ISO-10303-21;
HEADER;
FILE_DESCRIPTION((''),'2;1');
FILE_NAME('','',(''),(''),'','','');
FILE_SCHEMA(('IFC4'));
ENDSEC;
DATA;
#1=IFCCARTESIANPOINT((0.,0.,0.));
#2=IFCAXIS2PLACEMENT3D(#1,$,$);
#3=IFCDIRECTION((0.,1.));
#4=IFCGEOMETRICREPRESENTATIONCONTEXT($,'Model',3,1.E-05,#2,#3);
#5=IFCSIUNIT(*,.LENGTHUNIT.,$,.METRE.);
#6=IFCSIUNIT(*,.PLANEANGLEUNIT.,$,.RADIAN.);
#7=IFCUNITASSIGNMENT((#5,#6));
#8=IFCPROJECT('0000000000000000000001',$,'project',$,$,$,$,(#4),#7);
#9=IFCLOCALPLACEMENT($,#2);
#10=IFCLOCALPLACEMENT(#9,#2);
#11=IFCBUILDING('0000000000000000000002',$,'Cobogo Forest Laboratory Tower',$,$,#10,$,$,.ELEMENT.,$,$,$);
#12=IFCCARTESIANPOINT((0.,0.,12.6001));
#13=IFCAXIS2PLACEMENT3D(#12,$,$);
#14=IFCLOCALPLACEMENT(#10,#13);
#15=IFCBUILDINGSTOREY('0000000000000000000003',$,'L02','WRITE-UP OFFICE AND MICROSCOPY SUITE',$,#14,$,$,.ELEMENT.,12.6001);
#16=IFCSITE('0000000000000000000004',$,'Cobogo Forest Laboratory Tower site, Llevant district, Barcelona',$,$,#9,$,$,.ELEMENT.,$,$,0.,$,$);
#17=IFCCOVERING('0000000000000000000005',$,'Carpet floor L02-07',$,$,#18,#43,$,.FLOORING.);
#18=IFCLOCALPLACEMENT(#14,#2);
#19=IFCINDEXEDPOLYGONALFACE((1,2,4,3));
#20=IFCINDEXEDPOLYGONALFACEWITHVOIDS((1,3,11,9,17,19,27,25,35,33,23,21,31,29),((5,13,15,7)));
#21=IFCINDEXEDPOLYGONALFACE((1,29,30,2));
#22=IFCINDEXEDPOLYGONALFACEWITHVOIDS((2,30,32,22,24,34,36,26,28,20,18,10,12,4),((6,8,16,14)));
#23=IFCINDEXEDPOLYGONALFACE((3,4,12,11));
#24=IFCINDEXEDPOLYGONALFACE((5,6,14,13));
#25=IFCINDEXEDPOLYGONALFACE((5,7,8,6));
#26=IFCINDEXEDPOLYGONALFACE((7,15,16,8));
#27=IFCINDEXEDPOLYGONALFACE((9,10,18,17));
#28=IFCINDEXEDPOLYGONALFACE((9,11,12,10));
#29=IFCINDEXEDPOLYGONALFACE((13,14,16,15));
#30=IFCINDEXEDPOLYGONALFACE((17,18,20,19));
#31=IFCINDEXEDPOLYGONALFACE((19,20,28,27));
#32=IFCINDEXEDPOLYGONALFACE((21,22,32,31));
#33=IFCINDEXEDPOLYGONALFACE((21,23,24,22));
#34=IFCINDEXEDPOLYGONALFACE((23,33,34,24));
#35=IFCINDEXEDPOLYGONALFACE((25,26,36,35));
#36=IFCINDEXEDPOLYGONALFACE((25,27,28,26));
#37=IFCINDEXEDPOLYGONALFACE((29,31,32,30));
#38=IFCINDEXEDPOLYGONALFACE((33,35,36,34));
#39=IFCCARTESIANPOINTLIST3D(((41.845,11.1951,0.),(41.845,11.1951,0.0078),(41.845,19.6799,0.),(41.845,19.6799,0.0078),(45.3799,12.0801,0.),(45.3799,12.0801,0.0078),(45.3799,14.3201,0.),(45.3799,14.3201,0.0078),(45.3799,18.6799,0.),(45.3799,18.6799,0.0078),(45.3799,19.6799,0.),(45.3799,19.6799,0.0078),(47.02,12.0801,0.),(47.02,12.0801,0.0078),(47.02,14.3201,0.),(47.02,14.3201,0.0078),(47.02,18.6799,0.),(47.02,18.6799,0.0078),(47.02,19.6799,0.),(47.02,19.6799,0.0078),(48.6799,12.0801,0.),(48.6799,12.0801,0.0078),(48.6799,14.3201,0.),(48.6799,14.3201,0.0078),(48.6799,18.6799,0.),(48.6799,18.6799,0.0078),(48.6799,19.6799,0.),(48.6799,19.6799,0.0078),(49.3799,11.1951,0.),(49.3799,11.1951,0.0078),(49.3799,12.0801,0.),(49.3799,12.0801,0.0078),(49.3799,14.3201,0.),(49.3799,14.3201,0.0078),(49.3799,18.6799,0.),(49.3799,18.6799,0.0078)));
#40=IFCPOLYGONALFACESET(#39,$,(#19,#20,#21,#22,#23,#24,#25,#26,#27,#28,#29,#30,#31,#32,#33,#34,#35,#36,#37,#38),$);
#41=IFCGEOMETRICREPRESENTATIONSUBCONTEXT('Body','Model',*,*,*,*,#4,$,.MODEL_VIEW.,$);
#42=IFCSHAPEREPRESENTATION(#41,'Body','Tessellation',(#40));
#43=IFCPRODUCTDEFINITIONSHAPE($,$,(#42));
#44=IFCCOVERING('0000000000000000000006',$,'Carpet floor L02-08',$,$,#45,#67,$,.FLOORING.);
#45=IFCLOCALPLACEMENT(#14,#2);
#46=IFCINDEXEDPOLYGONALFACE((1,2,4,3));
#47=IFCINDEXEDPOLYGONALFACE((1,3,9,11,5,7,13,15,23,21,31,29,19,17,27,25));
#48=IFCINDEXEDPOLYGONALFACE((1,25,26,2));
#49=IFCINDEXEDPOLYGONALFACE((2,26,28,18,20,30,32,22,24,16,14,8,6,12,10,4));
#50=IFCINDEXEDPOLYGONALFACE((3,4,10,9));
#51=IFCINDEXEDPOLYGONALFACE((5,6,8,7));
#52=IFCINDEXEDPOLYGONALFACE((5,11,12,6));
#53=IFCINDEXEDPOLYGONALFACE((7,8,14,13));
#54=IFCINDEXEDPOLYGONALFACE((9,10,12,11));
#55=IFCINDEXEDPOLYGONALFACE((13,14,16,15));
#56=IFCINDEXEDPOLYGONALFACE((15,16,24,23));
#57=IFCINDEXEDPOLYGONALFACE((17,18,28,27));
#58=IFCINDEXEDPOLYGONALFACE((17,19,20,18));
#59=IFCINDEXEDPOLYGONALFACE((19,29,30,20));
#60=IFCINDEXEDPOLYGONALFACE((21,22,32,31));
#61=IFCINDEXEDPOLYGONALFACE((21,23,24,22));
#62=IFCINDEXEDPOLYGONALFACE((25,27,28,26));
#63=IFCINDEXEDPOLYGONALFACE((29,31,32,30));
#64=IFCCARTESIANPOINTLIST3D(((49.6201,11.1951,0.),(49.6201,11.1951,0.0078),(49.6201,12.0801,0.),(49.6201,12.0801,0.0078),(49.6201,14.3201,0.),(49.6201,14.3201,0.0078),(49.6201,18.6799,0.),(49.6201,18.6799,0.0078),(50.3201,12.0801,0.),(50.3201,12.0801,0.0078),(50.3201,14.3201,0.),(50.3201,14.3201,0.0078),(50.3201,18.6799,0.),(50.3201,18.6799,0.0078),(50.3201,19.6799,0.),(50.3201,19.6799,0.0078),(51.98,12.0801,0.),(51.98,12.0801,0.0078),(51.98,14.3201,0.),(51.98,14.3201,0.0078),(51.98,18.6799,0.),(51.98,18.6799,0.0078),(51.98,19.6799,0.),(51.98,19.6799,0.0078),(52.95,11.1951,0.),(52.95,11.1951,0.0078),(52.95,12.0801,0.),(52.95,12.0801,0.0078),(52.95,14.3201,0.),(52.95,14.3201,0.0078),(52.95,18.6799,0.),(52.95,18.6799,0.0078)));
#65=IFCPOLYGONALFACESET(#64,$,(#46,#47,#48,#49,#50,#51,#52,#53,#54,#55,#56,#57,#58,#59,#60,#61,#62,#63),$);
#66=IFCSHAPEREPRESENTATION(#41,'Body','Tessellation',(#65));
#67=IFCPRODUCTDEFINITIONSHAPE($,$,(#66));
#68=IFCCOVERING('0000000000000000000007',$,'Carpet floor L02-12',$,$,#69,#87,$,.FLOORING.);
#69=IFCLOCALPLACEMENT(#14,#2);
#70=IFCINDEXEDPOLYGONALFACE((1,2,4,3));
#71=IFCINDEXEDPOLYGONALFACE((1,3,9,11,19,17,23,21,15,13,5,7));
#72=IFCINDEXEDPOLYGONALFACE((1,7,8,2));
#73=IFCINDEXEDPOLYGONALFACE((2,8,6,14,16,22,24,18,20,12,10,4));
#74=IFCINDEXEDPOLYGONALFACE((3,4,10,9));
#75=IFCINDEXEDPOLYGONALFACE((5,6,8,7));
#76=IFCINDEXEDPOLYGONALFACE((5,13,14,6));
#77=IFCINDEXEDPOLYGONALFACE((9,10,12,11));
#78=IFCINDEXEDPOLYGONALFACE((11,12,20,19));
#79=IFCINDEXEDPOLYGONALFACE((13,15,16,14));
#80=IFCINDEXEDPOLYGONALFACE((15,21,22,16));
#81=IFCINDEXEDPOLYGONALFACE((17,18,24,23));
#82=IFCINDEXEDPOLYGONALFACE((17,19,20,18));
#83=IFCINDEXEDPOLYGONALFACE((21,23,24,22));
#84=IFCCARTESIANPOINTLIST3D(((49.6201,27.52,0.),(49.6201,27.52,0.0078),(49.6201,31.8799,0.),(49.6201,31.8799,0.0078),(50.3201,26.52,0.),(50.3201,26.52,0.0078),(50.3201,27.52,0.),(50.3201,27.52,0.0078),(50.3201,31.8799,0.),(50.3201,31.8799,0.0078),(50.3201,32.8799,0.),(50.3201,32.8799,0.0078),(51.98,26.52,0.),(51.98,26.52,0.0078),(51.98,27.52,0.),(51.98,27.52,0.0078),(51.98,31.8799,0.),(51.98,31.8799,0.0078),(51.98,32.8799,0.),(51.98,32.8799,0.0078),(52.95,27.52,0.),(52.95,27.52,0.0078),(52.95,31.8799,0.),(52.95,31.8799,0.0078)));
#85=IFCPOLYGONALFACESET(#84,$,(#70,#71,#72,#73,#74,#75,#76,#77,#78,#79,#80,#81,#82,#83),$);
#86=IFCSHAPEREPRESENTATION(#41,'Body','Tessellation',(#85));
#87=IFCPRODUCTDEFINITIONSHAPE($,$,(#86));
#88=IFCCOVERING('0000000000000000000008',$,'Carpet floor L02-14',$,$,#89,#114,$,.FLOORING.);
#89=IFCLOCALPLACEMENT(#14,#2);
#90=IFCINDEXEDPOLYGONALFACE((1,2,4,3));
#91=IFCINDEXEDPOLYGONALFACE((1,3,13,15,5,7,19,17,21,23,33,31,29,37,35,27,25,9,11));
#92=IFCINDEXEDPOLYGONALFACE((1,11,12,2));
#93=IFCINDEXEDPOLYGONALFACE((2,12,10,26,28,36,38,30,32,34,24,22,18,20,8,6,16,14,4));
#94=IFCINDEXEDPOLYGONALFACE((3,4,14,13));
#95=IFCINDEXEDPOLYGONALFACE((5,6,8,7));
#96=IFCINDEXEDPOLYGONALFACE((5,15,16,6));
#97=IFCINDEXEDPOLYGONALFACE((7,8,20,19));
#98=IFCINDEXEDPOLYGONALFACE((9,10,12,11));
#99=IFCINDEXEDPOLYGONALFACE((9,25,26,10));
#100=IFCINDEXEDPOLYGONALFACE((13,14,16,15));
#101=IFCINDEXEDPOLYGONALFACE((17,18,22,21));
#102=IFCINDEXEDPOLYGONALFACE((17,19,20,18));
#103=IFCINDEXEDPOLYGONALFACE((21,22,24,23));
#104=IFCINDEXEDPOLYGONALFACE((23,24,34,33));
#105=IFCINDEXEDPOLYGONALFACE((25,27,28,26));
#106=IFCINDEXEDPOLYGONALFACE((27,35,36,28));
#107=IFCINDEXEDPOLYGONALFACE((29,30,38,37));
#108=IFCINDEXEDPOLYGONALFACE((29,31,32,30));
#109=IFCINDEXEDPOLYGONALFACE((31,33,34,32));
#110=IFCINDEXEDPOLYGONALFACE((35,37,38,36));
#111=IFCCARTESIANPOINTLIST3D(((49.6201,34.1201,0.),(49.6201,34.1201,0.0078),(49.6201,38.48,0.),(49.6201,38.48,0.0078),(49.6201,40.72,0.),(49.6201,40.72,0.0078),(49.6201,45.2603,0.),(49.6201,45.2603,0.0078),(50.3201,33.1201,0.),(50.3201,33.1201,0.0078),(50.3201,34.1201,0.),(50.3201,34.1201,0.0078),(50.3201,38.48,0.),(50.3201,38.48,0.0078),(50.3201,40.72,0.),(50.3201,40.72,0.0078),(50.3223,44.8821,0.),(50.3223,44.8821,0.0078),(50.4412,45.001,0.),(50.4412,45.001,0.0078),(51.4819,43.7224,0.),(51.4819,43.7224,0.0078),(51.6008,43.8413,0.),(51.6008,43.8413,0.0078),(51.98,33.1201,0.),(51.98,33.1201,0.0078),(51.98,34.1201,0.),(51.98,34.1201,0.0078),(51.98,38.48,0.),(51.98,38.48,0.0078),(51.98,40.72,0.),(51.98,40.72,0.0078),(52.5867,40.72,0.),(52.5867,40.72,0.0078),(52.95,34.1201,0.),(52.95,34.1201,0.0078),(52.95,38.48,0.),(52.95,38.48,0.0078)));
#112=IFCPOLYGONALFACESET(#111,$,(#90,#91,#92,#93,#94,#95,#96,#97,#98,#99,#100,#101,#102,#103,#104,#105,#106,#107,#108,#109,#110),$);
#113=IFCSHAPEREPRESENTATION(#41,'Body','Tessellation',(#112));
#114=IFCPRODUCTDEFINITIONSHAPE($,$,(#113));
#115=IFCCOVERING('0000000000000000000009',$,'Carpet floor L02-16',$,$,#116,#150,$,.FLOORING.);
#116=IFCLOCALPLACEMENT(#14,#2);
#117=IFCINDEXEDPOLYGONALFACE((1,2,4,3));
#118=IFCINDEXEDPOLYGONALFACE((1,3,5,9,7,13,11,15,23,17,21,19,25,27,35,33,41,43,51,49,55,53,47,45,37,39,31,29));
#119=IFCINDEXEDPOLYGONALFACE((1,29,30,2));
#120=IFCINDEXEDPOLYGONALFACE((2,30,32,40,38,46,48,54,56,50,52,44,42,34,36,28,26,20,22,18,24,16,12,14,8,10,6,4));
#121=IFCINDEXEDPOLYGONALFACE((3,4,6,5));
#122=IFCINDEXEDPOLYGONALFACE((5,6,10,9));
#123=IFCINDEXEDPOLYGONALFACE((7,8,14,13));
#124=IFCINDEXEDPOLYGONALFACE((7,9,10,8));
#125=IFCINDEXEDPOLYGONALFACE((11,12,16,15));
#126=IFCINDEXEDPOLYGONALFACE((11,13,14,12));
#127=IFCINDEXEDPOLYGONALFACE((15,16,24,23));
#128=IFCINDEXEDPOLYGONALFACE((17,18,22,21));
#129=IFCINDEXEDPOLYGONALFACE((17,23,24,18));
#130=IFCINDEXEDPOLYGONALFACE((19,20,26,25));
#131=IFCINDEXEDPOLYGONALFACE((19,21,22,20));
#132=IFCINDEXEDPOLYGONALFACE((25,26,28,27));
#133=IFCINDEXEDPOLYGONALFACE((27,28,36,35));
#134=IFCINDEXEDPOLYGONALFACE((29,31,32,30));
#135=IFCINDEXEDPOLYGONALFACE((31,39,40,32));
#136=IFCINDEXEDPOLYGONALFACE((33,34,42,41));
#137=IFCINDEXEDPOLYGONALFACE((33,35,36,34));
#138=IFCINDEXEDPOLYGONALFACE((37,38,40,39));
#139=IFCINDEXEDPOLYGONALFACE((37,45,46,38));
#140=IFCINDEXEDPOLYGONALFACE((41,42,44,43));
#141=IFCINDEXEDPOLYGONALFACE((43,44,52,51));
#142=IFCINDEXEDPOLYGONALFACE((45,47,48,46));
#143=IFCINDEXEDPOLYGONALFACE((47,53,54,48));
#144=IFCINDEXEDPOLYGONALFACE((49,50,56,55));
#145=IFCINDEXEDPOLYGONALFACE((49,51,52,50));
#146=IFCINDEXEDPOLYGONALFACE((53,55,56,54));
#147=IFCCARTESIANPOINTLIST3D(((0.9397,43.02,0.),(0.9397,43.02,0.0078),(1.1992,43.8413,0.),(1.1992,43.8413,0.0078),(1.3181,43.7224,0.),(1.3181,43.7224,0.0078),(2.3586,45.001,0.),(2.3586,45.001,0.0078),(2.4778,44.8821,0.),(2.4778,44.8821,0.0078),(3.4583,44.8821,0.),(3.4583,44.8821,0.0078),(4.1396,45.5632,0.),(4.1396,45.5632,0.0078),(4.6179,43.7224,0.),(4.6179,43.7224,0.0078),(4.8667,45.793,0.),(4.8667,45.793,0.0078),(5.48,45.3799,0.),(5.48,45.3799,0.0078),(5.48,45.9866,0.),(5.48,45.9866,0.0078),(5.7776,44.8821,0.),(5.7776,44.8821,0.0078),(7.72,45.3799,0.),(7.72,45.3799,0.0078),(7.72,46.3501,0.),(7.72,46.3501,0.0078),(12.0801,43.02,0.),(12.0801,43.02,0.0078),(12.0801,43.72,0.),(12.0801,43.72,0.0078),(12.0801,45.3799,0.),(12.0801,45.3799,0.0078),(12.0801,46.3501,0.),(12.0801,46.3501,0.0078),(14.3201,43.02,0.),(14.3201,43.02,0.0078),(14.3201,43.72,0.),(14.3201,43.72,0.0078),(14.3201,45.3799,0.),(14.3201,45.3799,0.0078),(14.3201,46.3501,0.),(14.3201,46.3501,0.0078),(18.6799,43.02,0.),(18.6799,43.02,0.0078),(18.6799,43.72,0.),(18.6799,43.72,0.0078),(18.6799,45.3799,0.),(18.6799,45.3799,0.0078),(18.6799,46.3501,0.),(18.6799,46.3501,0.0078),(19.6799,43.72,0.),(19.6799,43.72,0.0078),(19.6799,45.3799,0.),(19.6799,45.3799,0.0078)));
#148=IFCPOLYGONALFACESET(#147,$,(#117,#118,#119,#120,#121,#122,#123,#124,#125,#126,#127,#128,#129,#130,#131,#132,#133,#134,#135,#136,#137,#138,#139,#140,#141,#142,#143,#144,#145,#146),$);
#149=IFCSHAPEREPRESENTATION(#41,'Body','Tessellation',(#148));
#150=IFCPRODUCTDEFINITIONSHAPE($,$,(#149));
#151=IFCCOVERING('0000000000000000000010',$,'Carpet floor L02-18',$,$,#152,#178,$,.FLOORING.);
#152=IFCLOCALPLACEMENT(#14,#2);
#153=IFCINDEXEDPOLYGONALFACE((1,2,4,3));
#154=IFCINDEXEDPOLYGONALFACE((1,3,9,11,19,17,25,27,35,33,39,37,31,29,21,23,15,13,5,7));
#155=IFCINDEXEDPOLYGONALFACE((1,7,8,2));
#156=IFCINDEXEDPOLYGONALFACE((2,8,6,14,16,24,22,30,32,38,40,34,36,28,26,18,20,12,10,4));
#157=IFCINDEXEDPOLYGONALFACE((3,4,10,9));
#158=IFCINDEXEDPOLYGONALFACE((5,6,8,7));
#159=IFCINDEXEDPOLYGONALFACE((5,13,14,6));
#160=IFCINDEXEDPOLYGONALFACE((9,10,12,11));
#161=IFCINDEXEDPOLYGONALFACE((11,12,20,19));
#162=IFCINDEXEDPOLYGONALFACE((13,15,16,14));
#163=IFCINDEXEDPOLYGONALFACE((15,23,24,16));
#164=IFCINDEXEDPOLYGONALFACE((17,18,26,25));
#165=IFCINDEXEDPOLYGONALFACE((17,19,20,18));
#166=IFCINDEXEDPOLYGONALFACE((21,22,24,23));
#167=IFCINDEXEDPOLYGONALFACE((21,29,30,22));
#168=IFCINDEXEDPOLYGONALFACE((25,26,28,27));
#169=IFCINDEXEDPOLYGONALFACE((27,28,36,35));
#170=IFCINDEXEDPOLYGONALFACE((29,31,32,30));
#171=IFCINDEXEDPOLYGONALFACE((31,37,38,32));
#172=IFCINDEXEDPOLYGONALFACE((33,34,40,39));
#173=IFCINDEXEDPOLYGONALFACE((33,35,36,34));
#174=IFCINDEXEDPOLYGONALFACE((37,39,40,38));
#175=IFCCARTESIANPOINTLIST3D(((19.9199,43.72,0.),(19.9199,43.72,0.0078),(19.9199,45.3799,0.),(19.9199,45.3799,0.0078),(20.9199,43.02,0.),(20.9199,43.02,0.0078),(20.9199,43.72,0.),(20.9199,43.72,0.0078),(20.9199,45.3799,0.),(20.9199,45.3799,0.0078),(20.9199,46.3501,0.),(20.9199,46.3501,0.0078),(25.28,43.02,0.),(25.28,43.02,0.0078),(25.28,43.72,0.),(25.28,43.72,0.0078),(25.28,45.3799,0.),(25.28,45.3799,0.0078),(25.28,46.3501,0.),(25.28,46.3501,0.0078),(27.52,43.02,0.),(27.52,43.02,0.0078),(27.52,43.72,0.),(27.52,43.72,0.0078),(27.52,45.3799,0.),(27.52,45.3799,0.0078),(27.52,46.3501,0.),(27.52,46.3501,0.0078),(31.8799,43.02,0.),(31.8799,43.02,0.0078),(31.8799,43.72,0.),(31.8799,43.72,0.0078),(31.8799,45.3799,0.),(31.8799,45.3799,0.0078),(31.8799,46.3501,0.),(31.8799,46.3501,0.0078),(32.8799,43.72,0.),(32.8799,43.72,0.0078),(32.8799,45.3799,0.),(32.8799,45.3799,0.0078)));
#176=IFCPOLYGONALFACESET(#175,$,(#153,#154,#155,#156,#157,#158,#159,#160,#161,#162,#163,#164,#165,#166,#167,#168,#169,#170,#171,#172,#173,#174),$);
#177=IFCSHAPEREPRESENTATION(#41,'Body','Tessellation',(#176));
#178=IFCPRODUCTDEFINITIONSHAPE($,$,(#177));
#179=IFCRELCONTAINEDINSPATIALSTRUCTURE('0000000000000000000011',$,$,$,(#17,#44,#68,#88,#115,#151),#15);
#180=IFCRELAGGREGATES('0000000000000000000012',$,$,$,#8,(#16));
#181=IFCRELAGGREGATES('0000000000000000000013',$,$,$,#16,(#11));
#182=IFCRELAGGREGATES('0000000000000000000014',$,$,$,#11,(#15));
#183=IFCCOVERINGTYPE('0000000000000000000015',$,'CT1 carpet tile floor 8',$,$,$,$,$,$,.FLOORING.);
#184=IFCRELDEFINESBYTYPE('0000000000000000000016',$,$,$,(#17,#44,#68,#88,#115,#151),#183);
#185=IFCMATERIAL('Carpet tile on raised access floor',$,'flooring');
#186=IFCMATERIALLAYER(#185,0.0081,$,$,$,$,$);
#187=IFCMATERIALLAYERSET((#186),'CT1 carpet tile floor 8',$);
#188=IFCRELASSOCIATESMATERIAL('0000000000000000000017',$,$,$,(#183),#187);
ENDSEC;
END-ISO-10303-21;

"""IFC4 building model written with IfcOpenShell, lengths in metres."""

from ifc_helpers import new_model, si_unit, direction, frame, origin, place, context, subcontext, project, spatial, polyline, outline, extrude, material, layer, layer_set, type_object, element, save


model = new_model("IFC4")

# Units and contexts
model_context = context("Model", 3, precision=1e-05, world=origin(), true_north=direction((0.0, 1.0)))
body_context = subcontext(model_context, "Body", "Model", "MODEL_VIEW")
ifc_project = project(units=[si_unit("LENGTHUNIT", "METRE"), si_unit("PLANEANGLEUNIT", "RADIAN")], contexts=[model_context])

# Site, building, storey
site_placement = place(None, origin())
site = spatial("IfcSite", under=ifc_project, at=site_placement, Name="Cobogo Forest Laboratory Tower site, Llevant district, Barcelona", CompositionType="ELEMENT", RefElevation=0.0)
building_placement = place(site_placement, origin())
building = spatial("IfcBuilding", under=site, at=building_placement, Name="Cobogo Forest Laboratory Tower", CompositionType="ELEMENT")
storey_placement = place(building_placement, frame((0.0, 0.0, 12.6001)))
storey = spatial("IfcBuildingStorey", under=building, at=storey_placement, Name="L02", Description="WRITE-UP OFFICE AND MICROSCOPY SUITE", CompositionType="ELEMENT", Elevation=12.6001)

# Coverings
ifc_material_1 = material(Name="Carpet tile on raised access floor", Category="flooring")
ifc_layer_1 = layer(ifc_material_1, 0.0081)
ifc_layer_set_1 = layer_set([ifc_layer_1], Name="CT1 carpet tile floor 8")
covering_type_1 = type_object("IfcCoveringType", Name="CT1 carpet tile floor 8", PredefinedType="FLOORING", material=ifc_layer_set_1)
covering_1_placement = place(storey_placement, origin())
element("IfcCovering", 1, at=covering_1_placement, inside=storey, type_object=covering_type_1, Name="Carpet floor L02-07", PredefinedType="FLOORING", context=body_context, shape_type="SweptSolid", body=[
    extrude(outline(polyline([(41.845, 19.6799), (45.3799, 19.6799), (45.3799, 18.6799), (47.02, 18.6799), (47.02, 19.6799), (48.6799, 19.6799), (48.6799, 18.6799), (49.3799, 18.6799), (49.3799, 14.3201), (48.6799, 14.3201), (48.6799, 12.0801), (49.3799, 12.0801), (49.3799, 11.1951), (41.845, 11.1951), (41.845, 19.6799)]), holes=[polyline([(45.3799, 12.0801), (47.02, 12.0801), (47.02, 14.3201), (45.3799, 14.3201), (45.3799, 12.0801)])]), origin(), (0.0, 0.0, 1.0), 0.0078),
])
covering_2_placement = place(storey_placement, origin())
element("IfcCovering", 2, at=covering_2_placement, inside=storey, type_object=covering_type_1, Name="Carpet floor L02-08", PredefinedType="FLOORING", context=body_context, shape_type="SweptSolid", body=[
    extrude(outline(polyline([(49.6201, 12.0801), (50.3201, 12.0801), (50.3201, 14.3201), (49.6201, 14.3201), (49.6201, 18.6799), (50.3201, 18.6799), (50.3201, 19.6799), (51.98, 19.6799), (51.98, 18.6799), (52.95, 18.6799), (52.95, 14.3201), (51.98, 14.3201), (51.98, 12.0801), (52.95, 12.0801), (52.95, 11.1951), (49.6201, 11.1951), (49.6201, 12.0801)])), origin(), (0.0, 0.0, 1.0), 0.0078),
])
covering_3_placement = place(storey_placement, origin())
element("IfcCovering", 3, at=covering_3_placement, inside=storey, type_object=covering_type_1, Name="Carpet floor L02-12", PredefinedType="FLOORING", context=body_context, shape_type="SweptSolid", body=[
    extrude(outline(polyline([(49.6201, 31.8799), (50.3201, 31.8799), (50.3201, 32.8799), (51.98, 32.8799), (51.98, 31.8799), (52.95, 31.8799), (52.95, 27.52), (51.98, 27.52), (51.98, 26.52), (50.3201, 26.52), (50.3201, 27.52), (49.6201, 27.52), (49.6201, 31.8799)])), origin(), (0.0, 0.0, 1.0), 0.0078),
])
covering_4_placement = place(storey_placement, origin())
element("IfcCovering", 4, at=covering_4_placement, inside=storey, type_object=covering_type_1, Name="Carpet floor L02-14", PredefinedType="FLOORING", context=body_context, shape_type="SweptSolid", body=[
    extrude(outline(polyline([(49.6201, 38.48), (50.3201, 38.48), (50.3201, 40.72), (49.6201, 40.72), (49.6201, 45.2603), (50.4412, 45.001), (50.3223, 44.8821), (51.4819, 43.7224), (51.6008, 43.8413), (52.5867, 40.72), (51.98, 40.72), (51.98, 38.48), (52.95, 38.48), (52.95, 34.1201), (51.98, 34.1201), (51.98, 33.1201), (50.3201, 33.1201), (50.3201, 34.1201), (49.6201, 34.1201), (49.6201, 38.48)])), origin(), (0.0, 0.0, 1.0), 0.0078),
])
covering_5_placement = place(storey_placement, origin())
element("IfcCovering", 5, at=covering_5_placement, inside=storey, type_object=covering_type_1, Name="Carpet floor L02-16", PredefinedType="FLOORING", context=body_context, shape_type="SweptSolid", body=[
    extrude(outline(polyline([(14.3201, 43.02), (14.3201, 43.72), (12.0801, 43.72), (12.0801, 43.02), (0.9397, 43.02), (1.1992, 43.8413), (1.3181, 43.7224), (2.4778, 44.8821), (2.3586, 45.001), (4.1396, 45.5632), (3.4583, 44.8821), (4.6179, 43.7224), (5.7776, 44.8821), (4.8667, 45.793), (5.48, 45.9866), (5.48, 45.3799), (7.72, 45.3799), (7.72, 46.3501), (12.0801, 46.3501), (12.0801, 45.3799), (14.3201, 45.3799), (14.3201, 46.3501), (18.6799, 46.3501), (18.6799, 45.3799), (19.6799, 45.3799), (19.6799, 43.72), (18.6799, 43.72), (18.6799, 43.02), (14.3201, 43.02)])), origin(), (0.0, 0.0, 1.0), 0.0078),
])
covering_6_placement = place(storey_placement, origin())
element("IfcCovering", 6, at=covering_6_placement, inside=storey, type_object=covering_type_1, Name="Carpet floor L02-18", PredefinedType="FLOORING", context=body_context, shape_type="SweptSolid", body=[
    extrude(outline(polyline([(27.52, 43.02), (27.52, 43.72), (25.28, 43.72), (25.28, 43.02), (20.9199, 43.02), (20.9199, 43.72), (19.9199, 43.72), (19.9199, 45.3799), (20.9199, 45.3799), (20.9199, 46.3501), (25.28, 46.3501), (25.28, 45.3799), (27.52, 45.3799), (27.52, 46.3501), (31.8799, 46.3501), (31.8799, 45.3799), (32.8799, 45.3799), (32.8799, 43.72), (31.8799, 43.72), (31.8799, 43.02), (27.52, 43.02)])), origin(), (0.0, 0.0, 1.0), 0.0078),
])

save(model, "model.ifc")
